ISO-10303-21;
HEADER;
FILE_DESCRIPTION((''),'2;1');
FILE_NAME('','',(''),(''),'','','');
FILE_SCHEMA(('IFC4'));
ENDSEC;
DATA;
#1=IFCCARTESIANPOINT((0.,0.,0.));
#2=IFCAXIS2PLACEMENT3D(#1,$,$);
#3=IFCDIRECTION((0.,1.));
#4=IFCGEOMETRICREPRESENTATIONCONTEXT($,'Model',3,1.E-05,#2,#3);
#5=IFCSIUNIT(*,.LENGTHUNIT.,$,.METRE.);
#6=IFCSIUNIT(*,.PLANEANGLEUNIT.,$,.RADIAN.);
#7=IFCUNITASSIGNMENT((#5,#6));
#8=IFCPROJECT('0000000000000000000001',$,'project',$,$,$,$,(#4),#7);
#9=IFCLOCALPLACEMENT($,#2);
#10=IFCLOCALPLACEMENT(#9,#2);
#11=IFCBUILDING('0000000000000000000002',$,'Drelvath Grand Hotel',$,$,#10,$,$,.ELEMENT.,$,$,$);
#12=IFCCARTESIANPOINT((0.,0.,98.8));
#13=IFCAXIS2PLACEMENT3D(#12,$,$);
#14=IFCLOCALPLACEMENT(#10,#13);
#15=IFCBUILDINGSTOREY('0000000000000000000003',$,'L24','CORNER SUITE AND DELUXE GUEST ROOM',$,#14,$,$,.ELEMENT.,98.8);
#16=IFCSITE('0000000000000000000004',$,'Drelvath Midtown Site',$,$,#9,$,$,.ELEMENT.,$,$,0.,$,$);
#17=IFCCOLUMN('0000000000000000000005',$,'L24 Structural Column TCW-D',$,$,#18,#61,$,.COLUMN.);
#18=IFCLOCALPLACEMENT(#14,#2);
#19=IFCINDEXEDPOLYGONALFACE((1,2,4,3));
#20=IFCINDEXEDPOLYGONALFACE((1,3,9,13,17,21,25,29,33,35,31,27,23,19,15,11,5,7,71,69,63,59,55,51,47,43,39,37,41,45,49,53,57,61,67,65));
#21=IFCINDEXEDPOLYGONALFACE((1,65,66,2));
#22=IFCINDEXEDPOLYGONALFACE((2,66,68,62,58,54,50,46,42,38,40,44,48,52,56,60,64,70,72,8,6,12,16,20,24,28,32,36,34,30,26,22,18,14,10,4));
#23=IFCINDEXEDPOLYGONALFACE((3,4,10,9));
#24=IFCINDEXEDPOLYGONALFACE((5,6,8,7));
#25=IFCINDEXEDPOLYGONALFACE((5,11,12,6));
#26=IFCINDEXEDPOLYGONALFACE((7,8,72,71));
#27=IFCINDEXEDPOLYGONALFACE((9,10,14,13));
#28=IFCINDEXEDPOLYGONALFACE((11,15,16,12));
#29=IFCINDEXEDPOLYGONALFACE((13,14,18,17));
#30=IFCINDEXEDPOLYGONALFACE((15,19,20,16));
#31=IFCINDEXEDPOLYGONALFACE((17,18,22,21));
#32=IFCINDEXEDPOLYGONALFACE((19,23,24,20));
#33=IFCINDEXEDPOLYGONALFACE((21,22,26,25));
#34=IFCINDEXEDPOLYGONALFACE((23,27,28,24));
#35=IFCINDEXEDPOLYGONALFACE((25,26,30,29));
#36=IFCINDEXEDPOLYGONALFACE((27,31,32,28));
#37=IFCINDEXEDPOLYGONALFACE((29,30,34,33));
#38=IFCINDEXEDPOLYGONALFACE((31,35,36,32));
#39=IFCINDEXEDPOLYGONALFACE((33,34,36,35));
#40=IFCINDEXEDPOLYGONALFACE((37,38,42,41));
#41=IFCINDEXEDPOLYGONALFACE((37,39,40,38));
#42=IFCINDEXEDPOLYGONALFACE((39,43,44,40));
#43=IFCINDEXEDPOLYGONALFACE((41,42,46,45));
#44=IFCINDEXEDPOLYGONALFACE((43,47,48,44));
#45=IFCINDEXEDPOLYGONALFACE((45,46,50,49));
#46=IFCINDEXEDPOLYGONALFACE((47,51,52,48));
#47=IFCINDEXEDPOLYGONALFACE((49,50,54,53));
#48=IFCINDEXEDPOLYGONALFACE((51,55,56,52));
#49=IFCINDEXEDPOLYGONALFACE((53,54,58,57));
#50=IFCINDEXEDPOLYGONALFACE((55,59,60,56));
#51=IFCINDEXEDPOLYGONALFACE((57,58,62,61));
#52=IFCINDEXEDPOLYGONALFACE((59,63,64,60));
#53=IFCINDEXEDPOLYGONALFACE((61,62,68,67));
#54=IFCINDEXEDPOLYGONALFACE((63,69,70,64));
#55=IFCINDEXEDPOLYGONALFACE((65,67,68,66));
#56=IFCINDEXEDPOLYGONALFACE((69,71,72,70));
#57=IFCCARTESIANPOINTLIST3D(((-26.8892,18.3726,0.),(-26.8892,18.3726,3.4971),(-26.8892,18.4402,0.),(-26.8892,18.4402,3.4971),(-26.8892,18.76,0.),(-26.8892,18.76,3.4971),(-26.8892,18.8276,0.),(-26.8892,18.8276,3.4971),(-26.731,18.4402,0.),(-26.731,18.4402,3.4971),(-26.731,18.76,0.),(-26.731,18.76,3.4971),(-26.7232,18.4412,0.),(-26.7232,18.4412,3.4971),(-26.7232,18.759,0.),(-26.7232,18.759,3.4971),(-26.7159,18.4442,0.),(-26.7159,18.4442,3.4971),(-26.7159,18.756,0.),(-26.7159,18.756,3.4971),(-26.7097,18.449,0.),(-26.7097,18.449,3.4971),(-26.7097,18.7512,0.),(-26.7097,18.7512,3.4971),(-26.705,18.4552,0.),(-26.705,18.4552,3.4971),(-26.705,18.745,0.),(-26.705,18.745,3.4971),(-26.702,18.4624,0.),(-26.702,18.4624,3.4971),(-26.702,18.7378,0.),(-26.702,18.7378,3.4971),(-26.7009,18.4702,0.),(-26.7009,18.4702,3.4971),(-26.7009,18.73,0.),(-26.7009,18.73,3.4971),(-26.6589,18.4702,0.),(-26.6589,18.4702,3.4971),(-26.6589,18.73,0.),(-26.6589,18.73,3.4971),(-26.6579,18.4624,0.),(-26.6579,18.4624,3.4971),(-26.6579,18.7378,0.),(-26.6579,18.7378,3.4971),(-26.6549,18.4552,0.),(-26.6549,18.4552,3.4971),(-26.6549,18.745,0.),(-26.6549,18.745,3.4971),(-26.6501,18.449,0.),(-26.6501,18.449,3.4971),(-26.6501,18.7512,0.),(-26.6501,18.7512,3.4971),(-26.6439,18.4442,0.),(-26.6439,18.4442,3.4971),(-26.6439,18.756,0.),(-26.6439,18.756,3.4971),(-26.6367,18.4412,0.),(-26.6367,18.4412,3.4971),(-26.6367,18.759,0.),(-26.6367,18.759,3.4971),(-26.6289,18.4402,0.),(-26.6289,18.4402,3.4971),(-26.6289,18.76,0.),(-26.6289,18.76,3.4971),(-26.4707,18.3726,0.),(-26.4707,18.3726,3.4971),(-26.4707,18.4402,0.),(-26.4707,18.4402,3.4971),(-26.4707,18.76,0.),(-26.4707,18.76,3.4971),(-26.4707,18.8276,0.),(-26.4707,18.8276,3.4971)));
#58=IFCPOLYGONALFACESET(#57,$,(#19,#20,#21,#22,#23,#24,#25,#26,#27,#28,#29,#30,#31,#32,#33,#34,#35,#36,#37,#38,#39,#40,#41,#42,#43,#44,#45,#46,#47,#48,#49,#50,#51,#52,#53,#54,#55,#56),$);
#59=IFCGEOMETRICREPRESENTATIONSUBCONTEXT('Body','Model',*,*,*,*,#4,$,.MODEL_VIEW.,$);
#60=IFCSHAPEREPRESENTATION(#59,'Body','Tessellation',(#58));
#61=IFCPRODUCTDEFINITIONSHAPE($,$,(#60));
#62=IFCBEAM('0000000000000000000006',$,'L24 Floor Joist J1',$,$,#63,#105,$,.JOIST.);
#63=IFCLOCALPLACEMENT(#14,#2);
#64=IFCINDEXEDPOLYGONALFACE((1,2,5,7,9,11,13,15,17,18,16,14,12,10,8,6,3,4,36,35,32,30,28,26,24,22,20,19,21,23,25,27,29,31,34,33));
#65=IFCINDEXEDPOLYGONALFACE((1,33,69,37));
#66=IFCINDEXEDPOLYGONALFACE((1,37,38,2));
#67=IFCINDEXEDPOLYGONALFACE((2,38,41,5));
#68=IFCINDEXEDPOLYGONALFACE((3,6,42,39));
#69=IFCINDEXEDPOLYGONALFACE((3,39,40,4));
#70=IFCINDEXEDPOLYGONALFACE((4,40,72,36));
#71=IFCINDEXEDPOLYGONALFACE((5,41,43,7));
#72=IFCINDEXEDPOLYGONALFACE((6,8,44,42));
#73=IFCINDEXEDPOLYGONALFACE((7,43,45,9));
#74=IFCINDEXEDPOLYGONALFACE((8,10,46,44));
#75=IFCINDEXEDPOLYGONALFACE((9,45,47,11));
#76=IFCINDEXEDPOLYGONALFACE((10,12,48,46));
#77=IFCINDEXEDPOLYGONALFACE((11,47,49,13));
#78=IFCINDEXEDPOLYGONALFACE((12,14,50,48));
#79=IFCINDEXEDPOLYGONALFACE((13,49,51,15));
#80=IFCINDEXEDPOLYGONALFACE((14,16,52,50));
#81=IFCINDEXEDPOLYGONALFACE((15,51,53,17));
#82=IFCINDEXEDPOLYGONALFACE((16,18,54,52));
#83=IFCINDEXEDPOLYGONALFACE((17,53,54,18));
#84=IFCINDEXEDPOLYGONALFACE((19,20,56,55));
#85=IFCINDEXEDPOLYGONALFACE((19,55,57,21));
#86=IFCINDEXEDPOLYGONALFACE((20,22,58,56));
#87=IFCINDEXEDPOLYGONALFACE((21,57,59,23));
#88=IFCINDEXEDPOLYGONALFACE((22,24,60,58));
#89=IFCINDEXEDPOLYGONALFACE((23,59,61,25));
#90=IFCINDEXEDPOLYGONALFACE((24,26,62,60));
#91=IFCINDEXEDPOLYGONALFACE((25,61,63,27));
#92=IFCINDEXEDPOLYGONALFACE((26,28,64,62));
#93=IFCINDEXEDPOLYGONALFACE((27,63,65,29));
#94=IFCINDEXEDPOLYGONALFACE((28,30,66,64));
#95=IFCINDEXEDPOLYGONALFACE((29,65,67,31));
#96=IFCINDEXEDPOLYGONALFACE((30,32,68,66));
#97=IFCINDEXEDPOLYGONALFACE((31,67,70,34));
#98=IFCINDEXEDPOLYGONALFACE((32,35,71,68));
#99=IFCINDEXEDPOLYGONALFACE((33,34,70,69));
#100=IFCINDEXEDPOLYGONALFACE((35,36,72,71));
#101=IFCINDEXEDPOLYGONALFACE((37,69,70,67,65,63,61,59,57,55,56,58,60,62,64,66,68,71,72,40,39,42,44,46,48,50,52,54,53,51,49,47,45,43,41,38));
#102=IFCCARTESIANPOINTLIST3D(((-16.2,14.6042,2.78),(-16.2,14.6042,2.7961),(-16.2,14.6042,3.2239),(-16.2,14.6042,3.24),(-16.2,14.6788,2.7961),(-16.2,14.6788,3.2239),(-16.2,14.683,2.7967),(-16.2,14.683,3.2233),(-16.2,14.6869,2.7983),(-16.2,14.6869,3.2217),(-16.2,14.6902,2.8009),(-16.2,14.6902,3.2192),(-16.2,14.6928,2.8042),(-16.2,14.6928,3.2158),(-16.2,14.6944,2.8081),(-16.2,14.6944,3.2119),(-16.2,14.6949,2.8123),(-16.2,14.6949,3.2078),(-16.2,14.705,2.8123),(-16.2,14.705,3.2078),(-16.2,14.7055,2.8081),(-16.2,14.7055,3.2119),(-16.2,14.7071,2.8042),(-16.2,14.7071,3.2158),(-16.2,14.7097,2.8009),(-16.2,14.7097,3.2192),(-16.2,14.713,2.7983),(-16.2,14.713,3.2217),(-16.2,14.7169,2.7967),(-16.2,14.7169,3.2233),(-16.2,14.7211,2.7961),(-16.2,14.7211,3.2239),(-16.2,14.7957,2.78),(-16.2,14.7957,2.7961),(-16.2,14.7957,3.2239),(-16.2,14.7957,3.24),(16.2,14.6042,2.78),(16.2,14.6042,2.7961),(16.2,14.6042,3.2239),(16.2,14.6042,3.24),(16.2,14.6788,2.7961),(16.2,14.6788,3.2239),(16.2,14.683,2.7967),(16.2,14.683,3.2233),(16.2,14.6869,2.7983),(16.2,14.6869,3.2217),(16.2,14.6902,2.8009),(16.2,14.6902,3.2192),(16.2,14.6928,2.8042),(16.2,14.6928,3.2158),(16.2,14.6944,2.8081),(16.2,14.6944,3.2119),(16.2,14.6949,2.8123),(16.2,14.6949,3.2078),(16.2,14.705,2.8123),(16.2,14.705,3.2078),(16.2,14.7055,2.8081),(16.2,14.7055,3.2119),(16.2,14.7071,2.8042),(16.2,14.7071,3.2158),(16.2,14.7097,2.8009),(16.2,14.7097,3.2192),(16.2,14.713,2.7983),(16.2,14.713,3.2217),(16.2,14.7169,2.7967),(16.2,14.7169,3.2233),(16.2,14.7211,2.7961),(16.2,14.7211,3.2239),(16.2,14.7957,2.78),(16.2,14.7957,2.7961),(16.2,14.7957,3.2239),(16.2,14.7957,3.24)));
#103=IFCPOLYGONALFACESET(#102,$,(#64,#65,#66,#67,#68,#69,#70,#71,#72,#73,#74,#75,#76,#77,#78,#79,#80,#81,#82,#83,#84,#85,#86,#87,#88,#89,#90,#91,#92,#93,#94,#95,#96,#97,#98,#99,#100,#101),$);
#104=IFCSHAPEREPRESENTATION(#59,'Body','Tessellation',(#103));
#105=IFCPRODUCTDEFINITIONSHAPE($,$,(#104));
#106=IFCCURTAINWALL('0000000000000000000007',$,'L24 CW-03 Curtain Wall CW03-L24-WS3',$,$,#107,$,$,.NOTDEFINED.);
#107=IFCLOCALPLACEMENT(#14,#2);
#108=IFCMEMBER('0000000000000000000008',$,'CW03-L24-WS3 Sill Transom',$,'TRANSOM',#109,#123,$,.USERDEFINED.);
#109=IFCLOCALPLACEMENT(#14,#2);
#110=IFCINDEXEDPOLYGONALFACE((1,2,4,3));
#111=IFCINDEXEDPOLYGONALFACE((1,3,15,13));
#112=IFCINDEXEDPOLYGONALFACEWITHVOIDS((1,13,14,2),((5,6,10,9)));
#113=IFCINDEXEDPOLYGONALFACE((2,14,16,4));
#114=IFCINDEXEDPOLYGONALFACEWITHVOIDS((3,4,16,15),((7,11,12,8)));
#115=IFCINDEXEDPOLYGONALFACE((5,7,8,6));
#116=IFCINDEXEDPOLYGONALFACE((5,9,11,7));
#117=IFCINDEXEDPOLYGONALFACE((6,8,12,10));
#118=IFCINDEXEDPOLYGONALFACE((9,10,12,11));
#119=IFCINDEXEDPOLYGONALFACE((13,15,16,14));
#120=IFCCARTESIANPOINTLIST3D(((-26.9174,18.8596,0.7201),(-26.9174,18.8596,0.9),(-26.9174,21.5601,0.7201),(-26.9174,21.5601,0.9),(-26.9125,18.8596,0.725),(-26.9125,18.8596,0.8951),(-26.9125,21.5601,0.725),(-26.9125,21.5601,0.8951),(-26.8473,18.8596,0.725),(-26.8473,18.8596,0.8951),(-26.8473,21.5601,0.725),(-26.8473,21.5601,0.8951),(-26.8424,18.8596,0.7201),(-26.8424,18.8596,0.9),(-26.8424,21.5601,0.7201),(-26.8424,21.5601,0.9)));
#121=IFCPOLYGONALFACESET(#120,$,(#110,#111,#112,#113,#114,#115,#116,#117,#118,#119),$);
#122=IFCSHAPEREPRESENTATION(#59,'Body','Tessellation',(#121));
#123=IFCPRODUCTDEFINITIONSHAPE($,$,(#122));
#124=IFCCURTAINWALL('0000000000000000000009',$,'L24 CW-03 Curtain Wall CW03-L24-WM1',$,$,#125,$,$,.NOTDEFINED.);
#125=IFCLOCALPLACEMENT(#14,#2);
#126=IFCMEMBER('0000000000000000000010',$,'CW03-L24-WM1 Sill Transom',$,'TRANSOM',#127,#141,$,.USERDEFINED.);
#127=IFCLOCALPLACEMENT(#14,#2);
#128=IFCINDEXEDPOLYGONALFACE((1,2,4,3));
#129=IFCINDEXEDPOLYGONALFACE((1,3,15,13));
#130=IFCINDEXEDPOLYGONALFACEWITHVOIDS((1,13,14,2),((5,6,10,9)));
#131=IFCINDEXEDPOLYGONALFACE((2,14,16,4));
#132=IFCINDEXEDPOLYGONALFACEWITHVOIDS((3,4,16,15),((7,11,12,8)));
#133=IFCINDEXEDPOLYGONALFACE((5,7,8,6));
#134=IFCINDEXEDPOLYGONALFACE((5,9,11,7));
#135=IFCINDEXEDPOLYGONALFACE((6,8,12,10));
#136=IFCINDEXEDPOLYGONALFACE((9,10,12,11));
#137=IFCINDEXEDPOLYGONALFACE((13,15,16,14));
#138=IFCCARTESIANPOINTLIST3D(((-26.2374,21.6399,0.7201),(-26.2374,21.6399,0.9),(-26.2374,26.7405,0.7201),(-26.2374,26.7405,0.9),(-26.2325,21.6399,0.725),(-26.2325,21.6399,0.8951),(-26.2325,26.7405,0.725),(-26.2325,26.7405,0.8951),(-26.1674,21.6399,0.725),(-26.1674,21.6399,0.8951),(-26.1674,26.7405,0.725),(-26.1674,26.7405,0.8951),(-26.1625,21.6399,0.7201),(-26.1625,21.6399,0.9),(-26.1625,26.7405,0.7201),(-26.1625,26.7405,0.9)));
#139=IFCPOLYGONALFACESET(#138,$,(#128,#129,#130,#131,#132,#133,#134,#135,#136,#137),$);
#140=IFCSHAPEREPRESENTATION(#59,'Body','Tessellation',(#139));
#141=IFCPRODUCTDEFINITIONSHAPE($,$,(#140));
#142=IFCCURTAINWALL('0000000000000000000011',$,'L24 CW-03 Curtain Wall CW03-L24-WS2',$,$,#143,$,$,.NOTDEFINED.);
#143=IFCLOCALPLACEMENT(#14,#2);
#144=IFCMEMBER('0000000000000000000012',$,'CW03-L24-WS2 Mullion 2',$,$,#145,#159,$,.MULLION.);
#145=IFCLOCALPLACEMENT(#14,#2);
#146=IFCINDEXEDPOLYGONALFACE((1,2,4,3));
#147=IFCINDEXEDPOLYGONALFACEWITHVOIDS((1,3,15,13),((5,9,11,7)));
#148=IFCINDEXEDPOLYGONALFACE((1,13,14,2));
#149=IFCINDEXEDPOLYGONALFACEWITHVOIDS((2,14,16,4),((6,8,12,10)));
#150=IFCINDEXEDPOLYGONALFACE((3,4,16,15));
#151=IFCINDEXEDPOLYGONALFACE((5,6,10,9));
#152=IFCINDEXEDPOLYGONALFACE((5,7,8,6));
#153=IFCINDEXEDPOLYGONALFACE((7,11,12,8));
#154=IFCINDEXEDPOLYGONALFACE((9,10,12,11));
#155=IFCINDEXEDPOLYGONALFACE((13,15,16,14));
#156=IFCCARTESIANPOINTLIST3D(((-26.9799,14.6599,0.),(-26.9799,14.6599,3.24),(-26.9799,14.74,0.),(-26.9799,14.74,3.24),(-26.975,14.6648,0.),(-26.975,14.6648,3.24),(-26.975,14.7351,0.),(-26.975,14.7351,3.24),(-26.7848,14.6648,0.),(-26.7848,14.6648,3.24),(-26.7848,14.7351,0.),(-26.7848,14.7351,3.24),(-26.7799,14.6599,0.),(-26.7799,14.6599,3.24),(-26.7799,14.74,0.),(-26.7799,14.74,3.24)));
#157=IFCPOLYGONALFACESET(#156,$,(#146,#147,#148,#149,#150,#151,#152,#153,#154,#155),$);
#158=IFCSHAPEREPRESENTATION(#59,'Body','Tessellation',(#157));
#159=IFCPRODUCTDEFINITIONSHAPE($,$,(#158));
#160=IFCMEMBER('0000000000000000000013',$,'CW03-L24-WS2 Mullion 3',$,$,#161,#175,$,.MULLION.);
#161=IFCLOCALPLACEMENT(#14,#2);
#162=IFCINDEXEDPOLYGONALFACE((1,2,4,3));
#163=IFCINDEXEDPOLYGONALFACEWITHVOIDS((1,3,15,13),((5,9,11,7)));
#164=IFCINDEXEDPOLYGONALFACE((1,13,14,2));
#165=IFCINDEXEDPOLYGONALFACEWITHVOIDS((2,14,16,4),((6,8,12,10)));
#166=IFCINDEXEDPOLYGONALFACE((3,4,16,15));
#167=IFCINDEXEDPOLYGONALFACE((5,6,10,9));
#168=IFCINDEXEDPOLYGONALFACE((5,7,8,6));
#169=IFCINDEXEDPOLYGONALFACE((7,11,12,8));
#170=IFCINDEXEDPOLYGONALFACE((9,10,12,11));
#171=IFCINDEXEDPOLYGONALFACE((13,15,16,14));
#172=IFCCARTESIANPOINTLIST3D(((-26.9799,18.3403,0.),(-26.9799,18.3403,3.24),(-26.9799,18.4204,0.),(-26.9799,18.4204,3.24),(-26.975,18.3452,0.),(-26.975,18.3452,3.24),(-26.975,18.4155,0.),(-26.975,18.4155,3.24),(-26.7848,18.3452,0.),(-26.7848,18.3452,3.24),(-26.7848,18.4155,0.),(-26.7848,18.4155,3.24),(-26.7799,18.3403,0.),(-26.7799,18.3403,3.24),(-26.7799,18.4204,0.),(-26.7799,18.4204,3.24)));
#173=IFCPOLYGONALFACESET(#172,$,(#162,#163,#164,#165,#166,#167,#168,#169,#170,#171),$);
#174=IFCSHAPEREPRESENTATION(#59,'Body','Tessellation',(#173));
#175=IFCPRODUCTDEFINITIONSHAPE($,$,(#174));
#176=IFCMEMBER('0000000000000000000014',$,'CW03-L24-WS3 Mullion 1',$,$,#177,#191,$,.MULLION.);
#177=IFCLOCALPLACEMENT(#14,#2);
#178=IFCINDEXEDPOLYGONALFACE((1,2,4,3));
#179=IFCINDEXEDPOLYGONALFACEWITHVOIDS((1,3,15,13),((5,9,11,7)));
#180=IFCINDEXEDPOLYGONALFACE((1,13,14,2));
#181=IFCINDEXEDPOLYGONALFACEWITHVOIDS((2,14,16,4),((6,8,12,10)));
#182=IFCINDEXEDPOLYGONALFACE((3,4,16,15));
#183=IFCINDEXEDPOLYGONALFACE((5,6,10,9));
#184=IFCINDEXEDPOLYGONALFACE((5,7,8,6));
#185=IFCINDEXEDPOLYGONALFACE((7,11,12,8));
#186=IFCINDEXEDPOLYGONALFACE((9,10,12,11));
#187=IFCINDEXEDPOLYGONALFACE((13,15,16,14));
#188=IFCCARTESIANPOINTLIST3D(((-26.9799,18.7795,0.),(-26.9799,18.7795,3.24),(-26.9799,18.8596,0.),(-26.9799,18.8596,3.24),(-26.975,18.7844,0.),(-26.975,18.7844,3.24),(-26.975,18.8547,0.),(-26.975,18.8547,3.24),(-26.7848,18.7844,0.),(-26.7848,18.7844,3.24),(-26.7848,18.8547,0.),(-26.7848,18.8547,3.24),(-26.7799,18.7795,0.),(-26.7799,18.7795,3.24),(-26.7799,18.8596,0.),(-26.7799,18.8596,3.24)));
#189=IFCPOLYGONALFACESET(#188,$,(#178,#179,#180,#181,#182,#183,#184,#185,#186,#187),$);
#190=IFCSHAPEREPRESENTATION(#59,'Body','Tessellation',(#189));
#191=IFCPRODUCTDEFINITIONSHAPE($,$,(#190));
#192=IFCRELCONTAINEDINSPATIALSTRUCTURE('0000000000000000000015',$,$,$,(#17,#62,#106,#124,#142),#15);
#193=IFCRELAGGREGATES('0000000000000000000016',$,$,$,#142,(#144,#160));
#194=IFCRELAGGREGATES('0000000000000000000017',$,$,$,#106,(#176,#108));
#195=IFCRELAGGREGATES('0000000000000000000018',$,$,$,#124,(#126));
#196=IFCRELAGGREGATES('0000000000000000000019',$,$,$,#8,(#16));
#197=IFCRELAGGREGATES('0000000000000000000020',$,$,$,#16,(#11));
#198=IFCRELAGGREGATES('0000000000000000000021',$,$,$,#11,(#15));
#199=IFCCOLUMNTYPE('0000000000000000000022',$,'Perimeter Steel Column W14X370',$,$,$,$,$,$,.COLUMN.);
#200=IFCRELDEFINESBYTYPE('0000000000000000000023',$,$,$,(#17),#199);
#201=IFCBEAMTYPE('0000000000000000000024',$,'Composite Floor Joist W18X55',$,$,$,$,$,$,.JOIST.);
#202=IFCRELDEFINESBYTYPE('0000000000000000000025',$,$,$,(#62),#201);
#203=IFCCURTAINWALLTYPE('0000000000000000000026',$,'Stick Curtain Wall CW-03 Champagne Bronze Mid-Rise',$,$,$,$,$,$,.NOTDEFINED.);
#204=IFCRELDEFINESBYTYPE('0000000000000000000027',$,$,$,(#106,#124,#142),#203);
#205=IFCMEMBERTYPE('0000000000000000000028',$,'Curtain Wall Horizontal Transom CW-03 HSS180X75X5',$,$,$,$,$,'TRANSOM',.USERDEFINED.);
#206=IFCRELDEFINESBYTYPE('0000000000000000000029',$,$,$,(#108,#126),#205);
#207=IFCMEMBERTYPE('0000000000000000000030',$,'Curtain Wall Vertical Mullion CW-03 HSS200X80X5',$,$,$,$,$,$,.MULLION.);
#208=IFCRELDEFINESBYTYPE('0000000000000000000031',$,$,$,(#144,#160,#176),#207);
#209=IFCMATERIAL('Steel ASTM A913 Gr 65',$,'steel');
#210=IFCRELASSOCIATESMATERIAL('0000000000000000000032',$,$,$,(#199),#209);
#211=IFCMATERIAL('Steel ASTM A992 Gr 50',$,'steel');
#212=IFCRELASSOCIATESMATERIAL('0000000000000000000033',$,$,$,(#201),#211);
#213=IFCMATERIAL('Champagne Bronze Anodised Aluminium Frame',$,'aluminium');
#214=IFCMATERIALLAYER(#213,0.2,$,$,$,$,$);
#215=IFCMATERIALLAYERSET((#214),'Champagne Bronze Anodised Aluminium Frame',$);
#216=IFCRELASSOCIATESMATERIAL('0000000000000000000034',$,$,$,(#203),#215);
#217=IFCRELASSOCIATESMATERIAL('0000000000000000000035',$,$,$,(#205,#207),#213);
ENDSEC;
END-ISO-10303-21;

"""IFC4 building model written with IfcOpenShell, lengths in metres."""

from ifc_helpers import new_model, si_unit, direction, frame, origin, origin_2d, place, context, subcontext, project, spatial, hollow_rectangle, i_section, extrude, material, layer, layer_set, material_profile, profile_set, type_object, element, aggregate, save


model = new_model("IFC4")

# Units and contexts
model_context = context("Model", 3, precision=1e-05, world=origin(), true_north=direction((0.0, 1.0)))
body_context = subcontext(model_context, "Body", "Model", "MODEL_VIEW")
ifc_project = project(units=[si_unit("LENGTHUNIT", "METRE"), si_unit("PLANEANGLEUNIT", "RADIAN")], contexts=[model_context])

# Site, building, storey
site_placement = place(None, origin())
site = spatial("IfcSite", under=ifc_project, at=site_placement, Name="Drelvath Midtown Site", CompositionType="ELEMENT", RefElevation=0.0)
building_placement = place(site_placement, origin())
building = spatial("IfcBuilding", under=site, at=building_placement, Name="Drelvath Grand Hotel", CompositionType="ELEMENT")
storey_placement = place(building_placement, frame((0.0, 0.0, 98.8)))
storey = spatial("IfcBuildingStorey", under=building, at=storey_placement, Name="L24", Description="CORNER SUITE AND DELUXE GUEST ROOM", CompositionType="ELEMENT", Elevation=98.8)

# Column
ifc_material_1 = material(Name="Steel ASTM A913 Gr 65", Category="steel")
ifc_material_profile_1 = material_profile(ifc_material_1, i_section(OverallWidth=0.4185, OverallDepth=0.4551, WebThickness=0.042, FlangeThickness=0.0676, FilletRadius=0.03, at=origin_2d()), Name="W14X370")
ifc_profile_set_1 = profile_set([ifc_material_profile_1], Name="Steel ASTM A913 Gr 65")
column_type = type_object("IfcColumnType", Name="Perimeter Steel Column W14X370", PredefinedType="COLUMN", material=ifc_profile_set_1)
column_placement = place(storey_placement, frame((-26.6799, 18.6001, 0.0), z_axis=(0.0, 0.0, 1.0), x_axis=(1.0, 0.0, 0.0)))
element("IfcColumn", 1, at=column_placement, inside=storey, type_object=column_type, Name="L24 Structural Column TCW-D", PredefinedType="COLUMN", context=body_context, shape_type="SweptSolid", body=[
    extrude(i_section(OverallWidth=0.4185, OverallDepth=0.4551, WebThickness=0.042, FlangeThickness=0.0676, FilletRadius=0.03, at=origin_2d()), origin(), (0.0, 0.0, 1.0), 3.4971),
])

# Beam
ifc_material_2 = material(Name="Steel ASTM A992 Gr 50", Category="steel")
ifc_material_profile_2 = material_profile(ifc_material_2, i_section(OverallWidth=0.1914, OverallDepth=0.46, WebThickness=0.01, FlangeThickness=0.0161, FilletRadius=0.0161, at=origin_2d()), Name="W18X55")
ifc_profile_set_2 = profile_set([ifc_material_profile_2], Name="Steel ASTM A992 Gr 50")
beam_type_1 = type_object("IfcBeamType", Name="Composite Floor Joist W18X55", PredefinedType="JOIST", material=ifc_profile_set_2)
beam_1_placement = place(storey_placement, frame((-16.2, 14.7, 3.01), z_axis=(1.0, 0.0, 0.0), x_axis=(0.0, 1.0, 0.0)))
element("IfcBeam", 2, at=beam_1_placement, inside=storey, type_object=beam_type_1, Name="L24 Floor Joist J1", PredefinedType="JOIST", context=body_context, shape_type="SweptSolid", body=[
    extrude(i_section(OverallWidth=0.1914, OverallDepth=0.46, WebThickness=0.01, FlangeThickness=0.0161, FilletRadius=0.0161, at=origin_2d()), origin(), (0.0, 0.0, 1.0), 32.3999),
])

# Curtain walls, members
ifc_material_3 = material(Name="Champagne Bronze Anodised Aluminium Frame", Category="aluminium")
ifc_layer_1 = layer(ifc_material_3, 0.2)
ifc_layer_set_1 = layer_set([ifc_layer_1], Name="Champagne Bronze Anodised Aluminium Frame")
curtain_wall_type = type_object("IfcCurtainWallType", Name="Stick Curtain Wall CW-03 Champagne Bronze Mid-Rise", PredefinedType="NOTDEFINED", material=ifc_layer_set_1)
curtain_wall_1_placement = place(storey_placement, origin())
curtain_wall_1 = element("IfcCurtainWall", 3, at=curtain_wall_1_placement, inside=storey, type_object=curtain_wall_type, Name="L24 CW-03 Curtain Wall CW03-L24-WS3", PredefinedType="NOTDEFINED")
ifc_material_profile_3 = material_profile(ifc_material_3, hollow_rectangle(XDim=0.075, YDim=0.1799, WallThickness=0.0049, at=origin_2d()), Name="HSS180X75X5")
ifc_profile_set_3 = profile_set([ifc_material_profile_3], Name="Champagne Bronze Anodised Aluminium Frame")
member_type_1 = type_object("IfcMemberType", Name="Curtain Wall Horizontal Transom CW-03 HSS180X75X5", ElementType="TRANSOM", PredefinedType="USERDEFINED", material=ifc_profile_set_3)
member_1_placement = place(storey_placement, frame((-26.8799, 18.8596, 0.8101), z_axis=(0.0, 1.0, 0.0), x_axis=(-1.0, 0.0, 0.0)))
member_1 = element("IfcMember", 4, at=member_1_placement, type_object=member_type_1, Name="CW03-L24-WS3 Sill Transom", ObjectType="TRANSOM", PredefinedType="USERDEFINED", context=body_context, shape_type="SweptSolid", body=[
    extrude(hollow_rectangle(XDim=0.075, YDim=0.1799, WallThickness=0.0049, at=origin_2d()), origin(), (0.0, 0.0, 1.0), 2.7004),
])
curtain_wall_2_placement = place(storey_placement, origin())
curtain_wall_2 = element("IfcCurtainWall", 5, at=curtain_wall_2_placement, inside=storey, type_object=curtain_wall_type, Name="L24 CW-03 Curtain Wall CW03-L24-WM1", PredefinedType="NOTDEFINED")
member_2_placement = place(storey_placement, frame((-26.2, 21.6399, 0.8101), z_axis=(0.0, 1.0, 0.0), x_axis=(-1.0, 0.0, 0.0)))
member_2 = element("IfcMember", 6, at=member_2_placement, type_object=member_type_1, Name="CW03-L24-WM1 Sill Transom", ObjectType="TRANSOM", PredefinedType="USERDEFINED", context=body_context, shape_type="SweptSolid", body=[
    extrude(hollow_rectangle(XDim=0.075, YDim=0.1799, WallThickness=0.0049, at=origin_2d()), origin(), (0.0, 0.0, 1.0), 5.1006),
])

# Curtain wall, members
curtain_wall_3_placement = place(storey_placement, origin())
curtain_wall_3 = element("IfcCurtainWall", 7, at=curtain_wall_3_placement, inside=storey, type_object=curtain_wall_type, Name="L24 CW-03 Curtain Wall CW03-L24-WS2", PredefinedType="NOTDEFINED")
ifc_material_profile_4 = material_profile(ifc_material_3, hollow_rectangle(XDim=0.0801, YDim=0.2, WallThickness=0.0049, at=origin_2d()), Name="HSS200X80X5")
ifc_profile_set_4 = profile_set([ifc_material_profile_4], Name="Champagne Bronze Anodised Aluminium Frame")
member_type_2 = type_object("IfcMemberType", Name="Curtain Wall Vertical Mullion CW-03 HSS200X80X5", PredefinedType="MULLION", material=ifc_profile_set_4)
member_3_placement = place(storey_placement, frame((-26.8799, 14.7, 0.0), z_axis=(0.0, 0.0, 1.0), x_axis=(0.0, 1.0, 0.0)))
member_3 = element("IfcMember", 8, at=member_3_placement, type_object=member_type_2, Name="CW03-L24-WS2 Mullion 2", PredefinedType="MULLION", context=body_context, shape_type="SweptSolid", body=[
    extrude(hollow_rectangle(XDim=0.0801, YDim=0.2, WallThickness=0.0049, at=origin_2d()), origin(), (0.0, 0.0, 1.0), 3.24),
])
member_4_placement = place(storey_placement, frame((-26.8799, 18.3804, 0.0), z_axis=(0.0, 0.0, 1.0), x_axis=(0.0, 1.0, 0.0)))
member_4 = element("IfcMember", 9, at=member_4_placement, type_object=member_type_2, Name="CW03-L24-WS2 Mullion 3", PredefinedType="MULLION", context=body_context, shape_type="SweptSolid", body=[
    extrude(hollow_rectangle(XDim=0.0801, YDim=0.2, WallThickness=0.0049, at=origin_2d()), origin(), (0.0, 0.0, 1.0), 3.24),
])

# Member
member_5_placement = place(storey_placement, frame((-26.8799, 18.8196, 0.0), z_axis=(0.0, 0.0, 1.0), x_axis=(0.0, 1.0, 0.0)))
member_5 = element("IfcMember", 10, at=member_5_placement, type_object=member_type_2, Name="CW03-L24-WS3 Mullion 1", PredefinedType="MULLION", context=body_context, shape_type="SweptSolid", body=[
    extrude(hollow_rectangle(XDim=0.0801, YDim=0.2, WallThickness=0.0049, at=origin_2d()), origin(), (0.0, 0.0, 1.0), 3.24),
])

aggregate(curtain_wall_3, [member_3, member_4])
aggregate(curtain_wall_1, [member_5, member_1])
aggregate(curtain_wall_2, [member_2])

save(model, "model.ifc")
